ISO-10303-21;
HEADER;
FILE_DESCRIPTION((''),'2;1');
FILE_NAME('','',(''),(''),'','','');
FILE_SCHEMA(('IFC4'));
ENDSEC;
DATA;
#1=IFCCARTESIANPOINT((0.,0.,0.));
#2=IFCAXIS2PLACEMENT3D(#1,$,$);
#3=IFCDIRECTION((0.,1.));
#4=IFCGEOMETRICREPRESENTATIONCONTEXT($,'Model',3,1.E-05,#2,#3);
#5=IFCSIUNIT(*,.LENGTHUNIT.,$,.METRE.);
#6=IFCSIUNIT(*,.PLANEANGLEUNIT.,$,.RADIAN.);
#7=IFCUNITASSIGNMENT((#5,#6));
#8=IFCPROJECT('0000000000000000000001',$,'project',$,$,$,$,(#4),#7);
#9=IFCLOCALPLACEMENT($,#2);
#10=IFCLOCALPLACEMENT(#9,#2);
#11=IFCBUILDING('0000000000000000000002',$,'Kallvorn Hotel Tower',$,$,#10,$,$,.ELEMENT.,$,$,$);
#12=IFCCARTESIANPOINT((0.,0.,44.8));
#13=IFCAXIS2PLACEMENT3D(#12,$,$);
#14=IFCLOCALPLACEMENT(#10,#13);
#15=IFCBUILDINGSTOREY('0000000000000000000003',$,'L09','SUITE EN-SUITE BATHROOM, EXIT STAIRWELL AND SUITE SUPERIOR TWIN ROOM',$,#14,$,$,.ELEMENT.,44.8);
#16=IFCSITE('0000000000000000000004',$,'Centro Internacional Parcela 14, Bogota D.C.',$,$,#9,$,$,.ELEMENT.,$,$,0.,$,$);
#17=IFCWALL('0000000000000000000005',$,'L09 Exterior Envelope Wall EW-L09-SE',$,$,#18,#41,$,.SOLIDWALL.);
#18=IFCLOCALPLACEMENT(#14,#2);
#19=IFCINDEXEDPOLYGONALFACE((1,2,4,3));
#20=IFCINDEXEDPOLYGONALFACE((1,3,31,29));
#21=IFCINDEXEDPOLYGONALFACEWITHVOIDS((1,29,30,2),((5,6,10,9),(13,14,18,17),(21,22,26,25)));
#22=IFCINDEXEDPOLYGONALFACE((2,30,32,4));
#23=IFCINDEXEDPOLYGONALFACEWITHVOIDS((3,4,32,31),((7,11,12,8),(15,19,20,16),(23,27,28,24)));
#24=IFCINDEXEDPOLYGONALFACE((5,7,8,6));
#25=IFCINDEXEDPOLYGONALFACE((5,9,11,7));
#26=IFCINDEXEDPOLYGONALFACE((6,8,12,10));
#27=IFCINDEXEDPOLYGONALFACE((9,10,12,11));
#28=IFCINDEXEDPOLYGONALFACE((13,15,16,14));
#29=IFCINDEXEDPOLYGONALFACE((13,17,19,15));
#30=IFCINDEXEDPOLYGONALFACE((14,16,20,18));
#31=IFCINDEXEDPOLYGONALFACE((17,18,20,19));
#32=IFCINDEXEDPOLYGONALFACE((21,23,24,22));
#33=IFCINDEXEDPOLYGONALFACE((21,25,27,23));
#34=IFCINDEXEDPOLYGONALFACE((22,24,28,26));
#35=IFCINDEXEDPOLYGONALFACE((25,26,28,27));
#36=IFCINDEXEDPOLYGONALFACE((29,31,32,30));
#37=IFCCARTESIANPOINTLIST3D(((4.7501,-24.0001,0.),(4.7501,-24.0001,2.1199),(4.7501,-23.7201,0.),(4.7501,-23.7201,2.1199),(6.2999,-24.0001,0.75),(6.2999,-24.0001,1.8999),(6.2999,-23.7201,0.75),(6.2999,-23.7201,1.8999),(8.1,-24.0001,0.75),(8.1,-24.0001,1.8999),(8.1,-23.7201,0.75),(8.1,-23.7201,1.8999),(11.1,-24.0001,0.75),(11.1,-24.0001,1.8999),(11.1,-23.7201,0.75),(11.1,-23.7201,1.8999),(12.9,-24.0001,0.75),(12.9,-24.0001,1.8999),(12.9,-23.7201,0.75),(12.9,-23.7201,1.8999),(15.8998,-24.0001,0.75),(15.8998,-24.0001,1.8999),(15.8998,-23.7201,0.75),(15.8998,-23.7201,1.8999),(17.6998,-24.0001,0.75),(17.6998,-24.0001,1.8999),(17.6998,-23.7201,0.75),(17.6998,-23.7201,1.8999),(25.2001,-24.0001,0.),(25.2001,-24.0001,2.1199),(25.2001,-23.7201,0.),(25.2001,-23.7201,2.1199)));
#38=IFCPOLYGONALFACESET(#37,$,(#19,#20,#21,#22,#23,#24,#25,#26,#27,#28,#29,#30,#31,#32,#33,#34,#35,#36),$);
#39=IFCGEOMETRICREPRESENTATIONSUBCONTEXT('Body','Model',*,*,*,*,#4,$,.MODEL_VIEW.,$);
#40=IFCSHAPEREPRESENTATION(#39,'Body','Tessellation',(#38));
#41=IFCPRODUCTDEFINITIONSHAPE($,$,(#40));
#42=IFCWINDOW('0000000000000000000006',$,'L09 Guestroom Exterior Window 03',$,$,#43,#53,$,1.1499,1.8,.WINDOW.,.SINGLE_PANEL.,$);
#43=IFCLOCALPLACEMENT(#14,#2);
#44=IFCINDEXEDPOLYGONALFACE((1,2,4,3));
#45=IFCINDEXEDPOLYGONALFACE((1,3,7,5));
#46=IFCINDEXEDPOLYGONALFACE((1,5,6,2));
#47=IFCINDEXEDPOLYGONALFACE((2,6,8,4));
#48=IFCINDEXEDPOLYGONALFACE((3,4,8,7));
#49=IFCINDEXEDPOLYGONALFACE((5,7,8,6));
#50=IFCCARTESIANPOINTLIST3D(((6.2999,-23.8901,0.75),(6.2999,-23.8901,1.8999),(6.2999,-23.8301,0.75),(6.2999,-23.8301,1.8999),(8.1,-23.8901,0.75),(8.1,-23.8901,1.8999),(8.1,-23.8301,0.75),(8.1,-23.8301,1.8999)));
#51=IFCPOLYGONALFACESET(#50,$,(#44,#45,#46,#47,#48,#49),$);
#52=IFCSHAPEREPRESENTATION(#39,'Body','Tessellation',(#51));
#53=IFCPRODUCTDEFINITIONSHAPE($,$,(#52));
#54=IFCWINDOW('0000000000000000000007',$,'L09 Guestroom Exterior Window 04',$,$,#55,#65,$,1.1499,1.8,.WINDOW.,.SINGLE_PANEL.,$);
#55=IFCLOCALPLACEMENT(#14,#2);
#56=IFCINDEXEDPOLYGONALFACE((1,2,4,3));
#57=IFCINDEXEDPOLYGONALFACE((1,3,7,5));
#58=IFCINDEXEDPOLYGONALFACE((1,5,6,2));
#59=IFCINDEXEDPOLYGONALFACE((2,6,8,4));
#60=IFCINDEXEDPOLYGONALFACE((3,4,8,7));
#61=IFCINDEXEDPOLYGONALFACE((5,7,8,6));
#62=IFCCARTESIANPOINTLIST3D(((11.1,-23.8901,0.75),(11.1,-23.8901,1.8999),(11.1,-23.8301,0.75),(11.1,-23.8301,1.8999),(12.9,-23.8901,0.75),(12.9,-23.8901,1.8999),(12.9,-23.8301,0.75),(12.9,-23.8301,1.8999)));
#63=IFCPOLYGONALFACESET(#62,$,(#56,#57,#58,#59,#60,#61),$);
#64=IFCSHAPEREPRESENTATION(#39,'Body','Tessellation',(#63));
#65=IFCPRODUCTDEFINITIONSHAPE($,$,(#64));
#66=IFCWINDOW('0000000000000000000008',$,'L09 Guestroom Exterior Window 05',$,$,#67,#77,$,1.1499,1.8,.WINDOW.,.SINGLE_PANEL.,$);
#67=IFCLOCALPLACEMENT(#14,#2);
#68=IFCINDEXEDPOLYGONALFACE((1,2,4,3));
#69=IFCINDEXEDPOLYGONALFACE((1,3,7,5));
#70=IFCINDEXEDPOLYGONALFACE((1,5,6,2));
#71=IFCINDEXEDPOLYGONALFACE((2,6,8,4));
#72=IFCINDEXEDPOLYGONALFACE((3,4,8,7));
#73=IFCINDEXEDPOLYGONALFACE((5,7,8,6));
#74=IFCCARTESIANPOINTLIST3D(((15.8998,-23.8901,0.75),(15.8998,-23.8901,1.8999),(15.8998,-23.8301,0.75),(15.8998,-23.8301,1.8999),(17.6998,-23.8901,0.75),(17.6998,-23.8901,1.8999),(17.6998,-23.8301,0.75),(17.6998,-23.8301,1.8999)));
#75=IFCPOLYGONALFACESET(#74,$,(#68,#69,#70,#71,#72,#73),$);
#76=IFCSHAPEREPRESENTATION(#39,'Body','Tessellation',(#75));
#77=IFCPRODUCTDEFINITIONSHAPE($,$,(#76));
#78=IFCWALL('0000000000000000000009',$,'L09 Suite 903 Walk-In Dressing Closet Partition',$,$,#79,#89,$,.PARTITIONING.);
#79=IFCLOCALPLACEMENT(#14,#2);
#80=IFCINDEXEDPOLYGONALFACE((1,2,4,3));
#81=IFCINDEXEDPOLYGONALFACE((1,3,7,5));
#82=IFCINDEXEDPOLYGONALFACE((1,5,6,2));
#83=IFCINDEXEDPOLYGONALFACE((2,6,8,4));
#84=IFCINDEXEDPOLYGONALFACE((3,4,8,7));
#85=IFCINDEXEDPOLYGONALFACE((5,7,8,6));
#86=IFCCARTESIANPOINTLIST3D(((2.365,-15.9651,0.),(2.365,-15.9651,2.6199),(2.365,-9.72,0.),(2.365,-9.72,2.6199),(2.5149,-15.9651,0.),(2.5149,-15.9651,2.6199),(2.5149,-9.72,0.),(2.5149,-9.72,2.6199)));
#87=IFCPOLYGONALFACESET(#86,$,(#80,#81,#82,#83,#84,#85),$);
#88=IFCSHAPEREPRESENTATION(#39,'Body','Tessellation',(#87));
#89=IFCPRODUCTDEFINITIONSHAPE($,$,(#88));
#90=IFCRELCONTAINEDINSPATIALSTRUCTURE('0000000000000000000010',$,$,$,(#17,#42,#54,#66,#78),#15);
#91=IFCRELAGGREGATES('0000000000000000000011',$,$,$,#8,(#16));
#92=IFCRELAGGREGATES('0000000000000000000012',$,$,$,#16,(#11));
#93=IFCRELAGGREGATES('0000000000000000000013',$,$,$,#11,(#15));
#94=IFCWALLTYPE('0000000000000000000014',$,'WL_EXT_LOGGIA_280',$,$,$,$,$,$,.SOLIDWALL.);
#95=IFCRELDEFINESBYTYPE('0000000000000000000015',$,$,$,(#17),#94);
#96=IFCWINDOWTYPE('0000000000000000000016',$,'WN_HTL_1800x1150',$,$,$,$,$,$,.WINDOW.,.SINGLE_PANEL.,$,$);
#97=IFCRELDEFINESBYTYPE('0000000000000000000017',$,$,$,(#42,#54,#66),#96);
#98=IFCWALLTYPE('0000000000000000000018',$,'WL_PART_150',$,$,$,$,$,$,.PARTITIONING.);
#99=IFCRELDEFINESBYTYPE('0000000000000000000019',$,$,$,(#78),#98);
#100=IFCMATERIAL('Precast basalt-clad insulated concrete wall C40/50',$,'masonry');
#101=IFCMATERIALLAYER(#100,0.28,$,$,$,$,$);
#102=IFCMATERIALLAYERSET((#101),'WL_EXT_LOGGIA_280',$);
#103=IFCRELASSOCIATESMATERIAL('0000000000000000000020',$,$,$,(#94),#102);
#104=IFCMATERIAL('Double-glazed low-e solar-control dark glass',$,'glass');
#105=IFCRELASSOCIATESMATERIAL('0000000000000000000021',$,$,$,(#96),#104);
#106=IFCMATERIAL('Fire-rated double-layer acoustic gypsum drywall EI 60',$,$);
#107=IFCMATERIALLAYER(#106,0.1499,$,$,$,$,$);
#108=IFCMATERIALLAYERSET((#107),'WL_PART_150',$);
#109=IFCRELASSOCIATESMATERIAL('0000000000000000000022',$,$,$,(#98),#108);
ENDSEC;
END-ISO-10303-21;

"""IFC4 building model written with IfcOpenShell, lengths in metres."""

from ifc_helpers import new_model, si_unit, direction, frame, frame_2d, origin, place, context, subcontext, project, spatial, rectangle, extrude, material, layer, layer_set, type_object, element, fill, save


model = new_model("IFC4")

# Units and contexts
model_context = context("Model", 3, precision=1e-05, world=origin(), true_north=direction((0.0, 1.0)))
body_context = subcontext(model_context, "Body", "Model", "MODEL_VIEW")
ifc_project = project(units=[si_unit("LENGTHUNIT", "METRE"), si_unit("PLANEANGLEUNIT", "RADIAN")], contexts=[model_context])

# Site, building, storey
site_placement = place(None, origin())
site = spatial("IfcSite", under=ifc_project, at=site_placement, Name="Centro Internacional Parcela 14, Bogota D.C.", CompositionType="ELEMENT", RefElevation=0.0)
building_placement = place(site_placement, origin())
building = spatial("IfcBuilding", under=site, at=building_placement, Name="Kallvorn Hotel Tower", CompositionType="ELEMENT")
storey_placement = place(building_placement, frame((0.0, 0.0, 44.8)))
storey = spatial("IfcBuildingStorey", under=building, at=storey_placement, Name="L09", Description="SUITE EN-SUITE BATHROOM, EXIT STAIRWELL AND SUITE SUPERIOR TWIN ROOM", CompositionType="ELEMENT", Elevation=44.8)

# Wall, openings, windows
ifc_material_1 = material(Name="Precast basalt-clad insulated concrete wall C40/50", Category="masonry")
ifc_layer_1 = layer(ifc_material_1, 0.28)
ifc_layer_set_1 = layer_set([ifc_layer_1], Name="WL_EXT_LOGGIA_280")
wall_type_1 = type_object("IfcWallType", Name="WL_EXT_LOGGIA_280", PredefinedType="SOLIDWALL", material=ifc_layer_set_1)
wall_1_placement = place(storey_placement, frame((4.75, -23.8601, 0.0), z_axis=(0.0, 0.0, 1.0), x_axis=(1.0, 0.0, 0.0)))
wall_1 = element("IfcWall", 1, at=wall_1_placement, inside=storey, type_object=wall_type_1, Name="L09 Exterior Envelope Wall EW-L09-SE", PredefinedType="SOLIDWALL", context=body_context, shape_type="SweptSolid", body=[
    extrude(rectangle(XDim=20.45, YDim=0.28, at=frame_2d((10.2251, 0.0))), origin(), (0.0, 0.0, 1.0), 2.1199),
])
opening_1_placement = place(wall_1_placement, frame((1.55, 0.0, 0.75)))
opening_1 = element("IfcOpeningElement", 2, at=opening_1_placement, cuts=wall_1, PredefinedType="OPENING", context=body_context, shape_type="SweptSolid", body=[
    extrude(rectangle(XDim=1.8, YDim=1.1499, at=frame_2d((0.8999, 0.575))), frame((0.0, 0.155, 0.0), z_axis=(0.0, -1.0, 0.0), x_axis=(1.0, 0.0, 0.0)), (0.0, 0.0, 1.0), 0.3101),
])
opening_2_placement = place(wall_1_placement, frame((6.3501, 0.0, 0.75)))
opening_2 = element("IfcOpeningElement", 3, at=opening_2_placement, cuts=wall_1, PredefinedType="OPENING", context=body_context, shape_type="SweptSolid", body=[
    extrude(rectangle(XDim=1.8, YDim=1.1499, at=frame_2d((0.8999, 0.575))), frame((0.0, 0.155, 0.0), z_axis=(0.0, -1.0, 0.0), x_axis=(1.0, 0.0, 0.0)), (0.0, 0.0, 1.0), 0.3101),
])
opening_3_placement = place(wall_1_placement, frame((11.1499, 0.0, 0.75)))
opening_3 = element("IfcOpeningElement", 4, at=opening_3_placement, cuts=wall_1, PredefinedType="OPENING", context=body_context, shape_type="SweptSolid", body=[
    extrude(rectangle(XDim=1.8, YDim=1.1499, at=frame_2d((0.8999, 0.575))), frame((0.0, 0.155, 0.0), z_axis=(0.0, -1.0, 0.0), x_axis=(1.0, 0.0, 0.0)), (0.0, 0.0, 1.0), 0.3101),
])
ifc_material_2 = material(Name="Double-glazed low-e solar-control dark glass", Category="glass")
window_type = type_object("IfcWindowType", Name="WN_HTL_1800x1150", PartitioningType="SINGLE_PANEL", PredefinedType="WINDOW", material=ifc_material_2)
window_1_placement = place(opening_1_placement, origin())
window_1 = element("IfcWindow", 5, at=window_1_placement, inside=storey, type_object=window_type, Name="L09 Guestroom Exterior Window 03", OverallHeight=1.1499, OverallWidth=1.8, PartitioningType="SINGLE_PANEL", PredefinedType="WINDOW", context=body_context, shape_type="SweptSolid", body=[
    extrude(rectangle(XDim=1.8, YDim=1.1499, at=frame_2d((0.8999, 0.575))), frame((0.0, 0.03, 0.0), z_axis=(0.0, -1.0, 0.0), x_axis=(1.0, 0.0, 0.0)), (0.0, 0.0, 1.0), 0.0601),
])
fill(opening_1, window_1)
window_2_placement = place(opening_2_placement, origin())
window_2 = element("IfcWindow", 6, at=window_2_placement, inside=storey, type_object=window_type, Name="L09 Guestroom Exterior Window 04", OverallHeight=1.1499, OverallWidth=1.8, PartitioningType="SINGLE_PANEL", PredefinedType="WINDOW", context=body_context, shape_type="SweptSolid", body=[
    extrude(rectangle(XDim=1.8, YDim=1.1499, at=frame_2d((0.8999, 0.575))), frame((0.0, 0.03, 0.0), z_axis=(0.0, -1.0, 0.0), x_axis=(1.0, 0.0, 0.0)), (0.0, 0.0, 1.0), 0.0601),
])
fill(opening_2, window_2)
window_3_placement = place(opening_3_placement, origin())
window_3 = element("IfcWindow", 7, at=window_3_placement, inside=storey, type_object=window_type, Name="L09 Guestroom Exterior Window 05", OverallHeight=1.1499, OverallWidth=1.8, PartitioningType="SINGLE_PANEL", PredefinedType="WINDOW", context=body_context, shape_type="SweptSolid", body=[
    extrude(rectangle(XDim=1.8, YDim=1.1499, at=frame_2d((0.8999, 0.575))), frame((0.0, 0.03, 0.0), z_axis=(0.0, -1.0, 0.0), x_axis=(1.0, 0.0, 0.0)), (0.0, 0.0, 1.0), 0.0601),
])
fill(opening_3, window_3)

# Wall
ifc_material_3 = material(Name="Fire-rated double-layer acoustic gypsum drywall EI 60")
ifc_layer_2 = layer(ifc_material_3, 0.1499)
ifc_layer_set_2 = layer_set([ifc_layer_2], Name="WL_PART_150")
wall_type_2 = type_object("IfcWallType", Name="WL_PART_150", PredefinedType="PARTITIONING", material=ifc_layer_set_2)
wall_2_placement = place(storey_placement, frame((2.4399, -15.9651, 0.0), z_axis=(0.0, 0.0, 1.0), x_axis=(0.0, 1.0, 0.0)))
element("IfcWall", 8, at=wall_2_placement, inside=storey, type_object=wall_type_2, Name="L09 Suite 903 Walk-In Dressing Closet Partition", PredefinedType="PARTITIONING", context=body_context, shape_type="SweptSolid", body=[
    extrude(rectangle(XDim=6.2451, YDim=0.1499, at=frame_2d((3.1226, 0.0))), origin(), (0.0, 0.0, 1.0), 2.6199),
])

save(model, "model.ifc")
